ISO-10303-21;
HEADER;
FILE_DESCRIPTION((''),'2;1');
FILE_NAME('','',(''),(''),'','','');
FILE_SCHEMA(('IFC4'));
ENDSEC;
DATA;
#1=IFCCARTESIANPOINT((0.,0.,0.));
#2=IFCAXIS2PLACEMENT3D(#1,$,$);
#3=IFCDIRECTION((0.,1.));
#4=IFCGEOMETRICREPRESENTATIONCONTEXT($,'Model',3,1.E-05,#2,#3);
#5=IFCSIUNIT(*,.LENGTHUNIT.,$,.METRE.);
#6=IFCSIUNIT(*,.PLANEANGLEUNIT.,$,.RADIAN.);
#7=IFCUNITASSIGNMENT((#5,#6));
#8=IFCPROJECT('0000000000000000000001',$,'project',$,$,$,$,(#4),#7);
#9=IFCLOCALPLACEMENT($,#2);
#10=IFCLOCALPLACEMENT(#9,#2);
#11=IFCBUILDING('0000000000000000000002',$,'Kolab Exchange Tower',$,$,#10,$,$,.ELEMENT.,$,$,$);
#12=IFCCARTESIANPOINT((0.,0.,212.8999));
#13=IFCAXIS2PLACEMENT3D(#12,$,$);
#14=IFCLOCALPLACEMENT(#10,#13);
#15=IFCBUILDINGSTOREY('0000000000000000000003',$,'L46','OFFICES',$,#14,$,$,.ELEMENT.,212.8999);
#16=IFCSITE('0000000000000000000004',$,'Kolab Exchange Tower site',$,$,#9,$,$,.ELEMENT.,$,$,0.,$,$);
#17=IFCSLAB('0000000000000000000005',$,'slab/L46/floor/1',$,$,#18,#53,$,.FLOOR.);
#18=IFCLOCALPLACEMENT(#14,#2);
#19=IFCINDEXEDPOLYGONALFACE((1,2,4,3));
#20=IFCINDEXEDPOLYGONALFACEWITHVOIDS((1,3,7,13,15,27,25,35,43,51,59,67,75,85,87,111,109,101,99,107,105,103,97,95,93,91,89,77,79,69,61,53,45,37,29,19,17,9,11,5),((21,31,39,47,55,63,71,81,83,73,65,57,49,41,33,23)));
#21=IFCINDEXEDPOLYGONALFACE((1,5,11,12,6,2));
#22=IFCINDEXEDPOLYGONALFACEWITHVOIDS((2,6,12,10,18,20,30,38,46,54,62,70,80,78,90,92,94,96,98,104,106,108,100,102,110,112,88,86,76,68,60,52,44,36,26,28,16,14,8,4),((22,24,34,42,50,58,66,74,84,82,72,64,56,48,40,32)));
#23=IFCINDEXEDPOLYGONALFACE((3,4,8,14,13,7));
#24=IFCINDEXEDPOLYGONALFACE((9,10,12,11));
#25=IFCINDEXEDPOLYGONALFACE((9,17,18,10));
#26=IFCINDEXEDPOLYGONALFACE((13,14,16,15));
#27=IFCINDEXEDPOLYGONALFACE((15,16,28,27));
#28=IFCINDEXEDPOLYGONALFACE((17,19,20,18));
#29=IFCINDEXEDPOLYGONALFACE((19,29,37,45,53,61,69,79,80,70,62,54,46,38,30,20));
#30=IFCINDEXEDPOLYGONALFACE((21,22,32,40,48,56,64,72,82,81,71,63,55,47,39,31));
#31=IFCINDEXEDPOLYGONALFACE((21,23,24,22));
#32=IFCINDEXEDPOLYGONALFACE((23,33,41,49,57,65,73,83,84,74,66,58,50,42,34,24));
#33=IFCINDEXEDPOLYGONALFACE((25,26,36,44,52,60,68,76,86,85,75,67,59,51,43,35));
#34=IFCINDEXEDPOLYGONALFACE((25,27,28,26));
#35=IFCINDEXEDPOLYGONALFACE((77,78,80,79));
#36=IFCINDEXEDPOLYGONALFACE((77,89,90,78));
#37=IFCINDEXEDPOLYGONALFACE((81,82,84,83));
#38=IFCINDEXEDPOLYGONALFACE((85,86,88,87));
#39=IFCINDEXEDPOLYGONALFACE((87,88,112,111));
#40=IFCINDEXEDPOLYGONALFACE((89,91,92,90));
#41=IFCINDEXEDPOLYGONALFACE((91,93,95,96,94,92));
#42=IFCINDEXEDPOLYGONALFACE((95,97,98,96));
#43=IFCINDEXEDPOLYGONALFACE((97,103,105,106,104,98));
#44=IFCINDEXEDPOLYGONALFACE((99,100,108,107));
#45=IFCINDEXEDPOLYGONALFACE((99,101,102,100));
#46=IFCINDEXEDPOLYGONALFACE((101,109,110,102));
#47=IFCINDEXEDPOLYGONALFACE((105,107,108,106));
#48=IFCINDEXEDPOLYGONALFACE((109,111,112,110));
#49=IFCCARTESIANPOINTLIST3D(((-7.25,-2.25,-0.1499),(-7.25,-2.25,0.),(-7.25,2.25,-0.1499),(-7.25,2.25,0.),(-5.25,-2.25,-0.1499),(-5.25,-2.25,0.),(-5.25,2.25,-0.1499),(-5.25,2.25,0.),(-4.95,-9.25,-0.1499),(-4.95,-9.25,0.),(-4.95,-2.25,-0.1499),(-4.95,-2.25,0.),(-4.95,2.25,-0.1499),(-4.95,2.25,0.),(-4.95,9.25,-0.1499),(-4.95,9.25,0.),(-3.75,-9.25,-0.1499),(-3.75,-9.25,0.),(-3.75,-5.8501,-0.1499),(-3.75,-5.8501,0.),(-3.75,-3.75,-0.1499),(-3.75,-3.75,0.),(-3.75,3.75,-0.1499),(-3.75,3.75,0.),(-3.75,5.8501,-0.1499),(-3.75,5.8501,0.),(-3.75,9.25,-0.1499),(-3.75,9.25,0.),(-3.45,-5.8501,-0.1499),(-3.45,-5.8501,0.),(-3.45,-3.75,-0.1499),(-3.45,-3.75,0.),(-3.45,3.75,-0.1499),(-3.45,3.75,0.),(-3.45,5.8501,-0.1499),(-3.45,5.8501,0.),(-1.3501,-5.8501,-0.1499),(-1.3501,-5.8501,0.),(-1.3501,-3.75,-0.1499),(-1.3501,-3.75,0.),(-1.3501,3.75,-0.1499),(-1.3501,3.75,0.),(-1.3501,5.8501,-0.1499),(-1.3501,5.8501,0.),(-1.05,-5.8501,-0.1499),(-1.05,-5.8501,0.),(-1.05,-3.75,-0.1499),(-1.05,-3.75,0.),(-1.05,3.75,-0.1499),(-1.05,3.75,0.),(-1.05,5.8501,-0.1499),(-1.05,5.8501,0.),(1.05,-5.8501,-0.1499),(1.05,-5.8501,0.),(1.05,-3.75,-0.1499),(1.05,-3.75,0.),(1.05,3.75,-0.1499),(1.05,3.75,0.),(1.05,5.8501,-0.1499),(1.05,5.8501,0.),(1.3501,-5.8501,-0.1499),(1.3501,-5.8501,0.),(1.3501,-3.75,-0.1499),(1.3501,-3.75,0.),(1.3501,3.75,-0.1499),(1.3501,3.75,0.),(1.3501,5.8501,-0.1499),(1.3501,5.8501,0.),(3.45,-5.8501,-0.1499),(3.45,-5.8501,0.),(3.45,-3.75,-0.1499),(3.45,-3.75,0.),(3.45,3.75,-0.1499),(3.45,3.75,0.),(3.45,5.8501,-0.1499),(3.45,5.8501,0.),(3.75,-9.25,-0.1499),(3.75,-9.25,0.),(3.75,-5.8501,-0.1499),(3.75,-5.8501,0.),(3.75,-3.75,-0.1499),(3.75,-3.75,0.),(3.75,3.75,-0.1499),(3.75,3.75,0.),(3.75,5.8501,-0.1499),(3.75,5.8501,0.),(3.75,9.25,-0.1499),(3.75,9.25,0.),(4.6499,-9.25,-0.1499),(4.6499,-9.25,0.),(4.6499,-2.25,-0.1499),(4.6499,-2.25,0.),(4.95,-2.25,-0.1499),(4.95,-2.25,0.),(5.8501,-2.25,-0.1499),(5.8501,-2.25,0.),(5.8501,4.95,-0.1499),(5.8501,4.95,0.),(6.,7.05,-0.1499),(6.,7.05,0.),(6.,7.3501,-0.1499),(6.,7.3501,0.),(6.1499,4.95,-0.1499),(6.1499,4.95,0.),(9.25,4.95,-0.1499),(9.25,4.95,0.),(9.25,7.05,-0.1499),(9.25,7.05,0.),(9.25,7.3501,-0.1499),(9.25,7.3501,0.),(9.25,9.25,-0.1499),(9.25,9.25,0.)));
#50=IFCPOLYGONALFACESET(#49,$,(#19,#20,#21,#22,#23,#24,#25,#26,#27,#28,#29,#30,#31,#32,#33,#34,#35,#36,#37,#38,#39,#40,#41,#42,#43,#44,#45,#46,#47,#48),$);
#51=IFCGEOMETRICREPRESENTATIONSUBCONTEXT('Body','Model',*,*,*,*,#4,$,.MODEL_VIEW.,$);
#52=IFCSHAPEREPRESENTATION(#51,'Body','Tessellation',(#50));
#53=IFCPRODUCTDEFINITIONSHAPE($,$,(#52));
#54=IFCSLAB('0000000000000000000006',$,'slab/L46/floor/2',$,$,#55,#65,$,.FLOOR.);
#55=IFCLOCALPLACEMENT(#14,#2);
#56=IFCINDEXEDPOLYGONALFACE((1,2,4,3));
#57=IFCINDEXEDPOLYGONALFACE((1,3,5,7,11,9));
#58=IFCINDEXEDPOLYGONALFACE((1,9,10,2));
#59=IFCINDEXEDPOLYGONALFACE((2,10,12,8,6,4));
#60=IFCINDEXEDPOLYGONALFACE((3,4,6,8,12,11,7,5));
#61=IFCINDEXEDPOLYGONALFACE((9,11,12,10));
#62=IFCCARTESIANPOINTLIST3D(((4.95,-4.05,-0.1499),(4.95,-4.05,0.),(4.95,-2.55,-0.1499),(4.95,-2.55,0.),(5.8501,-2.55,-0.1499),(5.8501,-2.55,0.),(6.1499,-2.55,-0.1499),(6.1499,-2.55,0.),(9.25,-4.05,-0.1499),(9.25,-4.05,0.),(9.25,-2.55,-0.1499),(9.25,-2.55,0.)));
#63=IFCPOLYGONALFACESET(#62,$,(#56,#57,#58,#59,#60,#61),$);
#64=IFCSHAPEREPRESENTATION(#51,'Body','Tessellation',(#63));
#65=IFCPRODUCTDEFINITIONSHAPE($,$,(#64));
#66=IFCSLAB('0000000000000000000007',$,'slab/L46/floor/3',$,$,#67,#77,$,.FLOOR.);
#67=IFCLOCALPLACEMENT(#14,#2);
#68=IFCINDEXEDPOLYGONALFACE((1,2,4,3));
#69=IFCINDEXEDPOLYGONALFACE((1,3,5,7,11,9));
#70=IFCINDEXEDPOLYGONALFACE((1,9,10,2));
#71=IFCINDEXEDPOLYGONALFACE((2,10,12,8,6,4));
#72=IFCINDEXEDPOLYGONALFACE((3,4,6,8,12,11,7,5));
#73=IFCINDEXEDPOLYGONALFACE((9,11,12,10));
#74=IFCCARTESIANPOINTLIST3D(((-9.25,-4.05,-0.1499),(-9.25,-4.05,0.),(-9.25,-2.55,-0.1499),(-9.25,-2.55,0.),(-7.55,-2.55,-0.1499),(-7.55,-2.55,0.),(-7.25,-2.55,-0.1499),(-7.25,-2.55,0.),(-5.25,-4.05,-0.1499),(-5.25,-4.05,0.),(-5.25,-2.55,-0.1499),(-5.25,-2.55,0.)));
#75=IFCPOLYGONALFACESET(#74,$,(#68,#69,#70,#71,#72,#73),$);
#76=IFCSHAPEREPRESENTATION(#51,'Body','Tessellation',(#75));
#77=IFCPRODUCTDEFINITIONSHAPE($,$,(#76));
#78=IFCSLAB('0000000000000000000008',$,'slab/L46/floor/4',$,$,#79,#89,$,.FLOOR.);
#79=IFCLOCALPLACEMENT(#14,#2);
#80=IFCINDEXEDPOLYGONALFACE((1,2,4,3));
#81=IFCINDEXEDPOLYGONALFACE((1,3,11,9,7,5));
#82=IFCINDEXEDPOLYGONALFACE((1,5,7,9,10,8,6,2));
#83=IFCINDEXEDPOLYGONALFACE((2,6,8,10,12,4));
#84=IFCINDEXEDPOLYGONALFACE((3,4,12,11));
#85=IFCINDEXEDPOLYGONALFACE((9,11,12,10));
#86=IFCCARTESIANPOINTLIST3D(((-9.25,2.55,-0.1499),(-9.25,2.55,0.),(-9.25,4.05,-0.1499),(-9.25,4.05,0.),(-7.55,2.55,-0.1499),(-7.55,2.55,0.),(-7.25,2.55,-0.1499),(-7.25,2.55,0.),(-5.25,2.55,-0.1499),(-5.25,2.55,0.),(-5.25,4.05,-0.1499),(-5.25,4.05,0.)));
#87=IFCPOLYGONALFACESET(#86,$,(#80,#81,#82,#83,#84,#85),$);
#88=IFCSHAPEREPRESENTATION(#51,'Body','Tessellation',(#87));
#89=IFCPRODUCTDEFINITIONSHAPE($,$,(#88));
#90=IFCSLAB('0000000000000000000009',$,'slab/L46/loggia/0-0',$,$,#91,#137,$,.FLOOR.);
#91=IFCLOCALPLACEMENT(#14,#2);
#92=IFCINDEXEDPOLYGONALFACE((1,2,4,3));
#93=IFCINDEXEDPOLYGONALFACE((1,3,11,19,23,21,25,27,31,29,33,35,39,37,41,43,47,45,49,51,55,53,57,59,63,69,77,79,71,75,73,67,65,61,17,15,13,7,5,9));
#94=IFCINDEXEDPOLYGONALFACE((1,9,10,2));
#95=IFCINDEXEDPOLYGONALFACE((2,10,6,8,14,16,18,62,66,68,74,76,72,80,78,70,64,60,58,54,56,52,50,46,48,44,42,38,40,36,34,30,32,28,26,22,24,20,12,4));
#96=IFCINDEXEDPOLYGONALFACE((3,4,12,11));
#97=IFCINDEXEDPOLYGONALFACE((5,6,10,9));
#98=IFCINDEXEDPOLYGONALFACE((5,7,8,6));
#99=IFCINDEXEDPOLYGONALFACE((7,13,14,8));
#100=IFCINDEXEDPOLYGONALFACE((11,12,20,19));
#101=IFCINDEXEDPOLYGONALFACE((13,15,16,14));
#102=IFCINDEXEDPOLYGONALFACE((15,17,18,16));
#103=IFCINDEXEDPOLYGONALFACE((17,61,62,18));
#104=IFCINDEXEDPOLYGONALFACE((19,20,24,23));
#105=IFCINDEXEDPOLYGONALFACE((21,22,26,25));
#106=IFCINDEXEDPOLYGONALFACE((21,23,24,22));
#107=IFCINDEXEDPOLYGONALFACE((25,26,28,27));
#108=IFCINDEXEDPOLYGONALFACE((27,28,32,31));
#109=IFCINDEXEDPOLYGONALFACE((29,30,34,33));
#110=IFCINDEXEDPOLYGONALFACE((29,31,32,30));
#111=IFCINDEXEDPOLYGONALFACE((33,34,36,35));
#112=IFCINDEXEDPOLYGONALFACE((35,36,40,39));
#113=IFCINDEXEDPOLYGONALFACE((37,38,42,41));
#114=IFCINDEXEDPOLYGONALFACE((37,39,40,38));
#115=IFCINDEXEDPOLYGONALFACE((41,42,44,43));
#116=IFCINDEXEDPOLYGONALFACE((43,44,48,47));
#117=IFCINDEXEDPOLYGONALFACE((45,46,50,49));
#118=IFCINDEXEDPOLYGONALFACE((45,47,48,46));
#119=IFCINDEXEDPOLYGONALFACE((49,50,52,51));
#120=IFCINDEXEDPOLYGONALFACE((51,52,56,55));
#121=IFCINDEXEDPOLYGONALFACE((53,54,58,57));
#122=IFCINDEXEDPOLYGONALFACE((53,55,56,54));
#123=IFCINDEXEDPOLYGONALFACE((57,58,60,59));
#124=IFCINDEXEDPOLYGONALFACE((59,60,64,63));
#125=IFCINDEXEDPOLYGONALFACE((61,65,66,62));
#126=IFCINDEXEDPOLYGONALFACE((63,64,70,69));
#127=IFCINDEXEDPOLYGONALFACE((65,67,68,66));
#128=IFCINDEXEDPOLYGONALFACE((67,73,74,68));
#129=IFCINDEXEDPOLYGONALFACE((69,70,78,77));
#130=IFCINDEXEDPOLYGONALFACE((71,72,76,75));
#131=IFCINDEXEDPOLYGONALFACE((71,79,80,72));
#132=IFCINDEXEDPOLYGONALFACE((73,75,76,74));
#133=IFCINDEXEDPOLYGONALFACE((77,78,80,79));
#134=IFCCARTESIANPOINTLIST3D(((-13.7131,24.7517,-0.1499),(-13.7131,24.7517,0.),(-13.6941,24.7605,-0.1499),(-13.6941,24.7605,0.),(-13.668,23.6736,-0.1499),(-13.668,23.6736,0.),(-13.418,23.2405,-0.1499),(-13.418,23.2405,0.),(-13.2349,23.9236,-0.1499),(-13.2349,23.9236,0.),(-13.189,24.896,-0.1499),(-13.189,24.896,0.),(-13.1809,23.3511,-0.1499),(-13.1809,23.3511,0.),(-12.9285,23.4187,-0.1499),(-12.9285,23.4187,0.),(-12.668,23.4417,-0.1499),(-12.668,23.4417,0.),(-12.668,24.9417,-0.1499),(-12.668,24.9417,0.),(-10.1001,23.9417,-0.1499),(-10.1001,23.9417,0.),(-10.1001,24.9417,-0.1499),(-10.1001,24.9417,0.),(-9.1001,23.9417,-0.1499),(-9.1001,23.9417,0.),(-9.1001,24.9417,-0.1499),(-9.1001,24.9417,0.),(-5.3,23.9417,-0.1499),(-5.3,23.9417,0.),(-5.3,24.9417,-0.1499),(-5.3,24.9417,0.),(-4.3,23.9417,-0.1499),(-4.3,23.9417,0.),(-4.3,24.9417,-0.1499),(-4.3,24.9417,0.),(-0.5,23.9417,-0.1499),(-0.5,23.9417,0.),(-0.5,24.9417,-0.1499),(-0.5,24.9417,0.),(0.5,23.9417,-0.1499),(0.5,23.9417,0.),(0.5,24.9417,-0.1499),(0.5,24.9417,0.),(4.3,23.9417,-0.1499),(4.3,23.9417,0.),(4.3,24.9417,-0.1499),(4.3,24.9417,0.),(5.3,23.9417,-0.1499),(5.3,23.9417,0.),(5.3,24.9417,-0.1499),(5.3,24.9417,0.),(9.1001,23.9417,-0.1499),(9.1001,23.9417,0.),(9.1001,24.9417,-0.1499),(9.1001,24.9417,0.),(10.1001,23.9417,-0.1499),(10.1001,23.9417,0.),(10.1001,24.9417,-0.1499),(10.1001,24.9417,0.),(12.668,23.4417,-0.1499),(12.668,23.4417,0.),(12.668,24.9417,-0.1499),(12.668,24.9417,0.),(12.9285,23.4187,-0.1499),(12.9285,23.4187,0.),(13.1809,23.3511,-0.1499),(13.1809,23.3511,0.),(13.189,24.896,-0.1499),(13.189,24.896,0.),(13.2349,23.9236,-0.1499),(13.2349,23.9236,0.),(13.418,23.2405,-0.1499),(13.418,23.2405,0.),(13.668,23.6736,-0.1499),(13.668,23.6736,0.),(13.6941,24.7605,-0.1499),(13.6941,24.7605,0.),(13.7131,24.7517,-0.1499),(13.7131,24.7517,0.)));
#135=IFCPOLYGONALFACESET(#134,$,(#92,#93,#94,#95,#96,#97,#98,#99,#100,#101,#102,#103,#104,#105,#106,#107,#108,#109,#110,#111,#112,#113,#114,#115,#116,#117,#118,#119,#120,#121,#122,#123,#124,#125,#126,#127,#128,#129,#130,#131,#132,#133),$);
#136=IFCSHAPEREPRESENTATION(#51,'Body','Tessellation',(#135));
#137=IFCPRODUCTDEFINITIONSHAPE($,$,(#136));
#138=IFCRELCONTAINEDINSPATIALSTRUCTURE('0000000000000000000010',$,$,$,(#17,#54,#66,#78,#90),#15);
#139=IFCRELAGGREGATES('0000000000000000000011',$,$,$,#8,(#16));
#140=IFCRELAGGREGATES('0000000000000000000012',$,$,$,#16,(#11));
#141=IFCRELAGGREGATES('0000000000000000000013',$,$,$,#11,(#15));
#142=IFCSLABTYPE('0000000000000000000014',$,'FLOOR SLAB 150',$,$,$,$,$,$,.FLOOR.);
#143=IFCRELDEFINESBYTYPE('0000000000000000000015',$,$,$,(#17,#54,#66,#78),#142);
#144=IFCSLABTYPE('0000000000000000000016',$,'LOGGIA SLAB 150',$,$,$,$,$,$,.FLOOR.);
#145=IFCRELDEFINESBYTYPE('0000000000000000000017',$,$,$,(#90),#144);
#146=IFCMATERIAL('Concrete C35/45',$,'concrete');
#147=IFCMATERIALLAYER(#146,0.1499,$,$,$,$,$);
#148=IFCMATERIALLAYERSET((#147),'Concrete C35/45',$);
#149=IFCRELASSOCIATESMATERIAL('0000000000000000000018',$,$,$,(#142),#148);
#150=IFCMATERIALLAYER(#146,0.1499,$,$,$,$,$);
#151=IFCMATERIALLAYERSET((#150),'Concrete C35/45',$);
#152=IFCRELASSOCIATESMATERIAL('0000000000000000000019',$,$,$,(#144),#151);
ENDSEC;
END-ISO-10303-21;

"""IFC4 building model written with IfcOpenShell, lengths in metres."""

from ifc_helpers import new_model, si_unit, direction, frame, origin, place, context, subcontext, project, spatial, polyline, outline, extrude, material, layer, layer_set, type_object, element, save


model = new_model("IFC4")

# Units and contexts
model_context = context("Model", 3, precision=1e-05, world=origin(), true_north=direction((0.0, 1.0)))
body_context = subcontext(model_context, "Body", "Model", "MODEL_VIEW")
ifc_project = project(units=[si_unit("LENGTHUNIT", "METRE"), si_unit("PLANEANGLEUNIT", "RADIAN")], contexts=[model_context])

# Site, building, storey
site_placement = place(None, origin())
site = spatial("IfcSite", under=ifc_project, at=site_placement, Name="Kolab Exchange Tower site", CompositionType="ELEMENT", RefElevation=0.0)
building_placement = place(site_placement, origin())
building = spatial("IfcBuilding", under=site, at=building_placement, Name="Kolab Exchange Tower", CompositionType="ELEMENT")
storey_placement = place(building_placement, frame((0.0, 0.0, 212.8999)))
storey = spatial("IfcBuildingStorey", under=building, at=storey_placement, Name="L46", Description="OFFICES", CompositionType="ELEMENT", Elevation=212.8999)

# Slabs
ifc_material_1 = material(Name="Concrete C35/45", Category="concrete")
ifc_layer_1 = layer(ifc_material_1, 0.1499)
ifc_layer_set_1 = layer_set([ifc_layer_1], Name="Concrete C35/45")
slab_type_1 = type_object("IfcSlabType", Name="FLOOR SLAB 150", PredefinedType="FLOOR", material=ifc_layer_set_1)
slab_1_placement = place(storey_placement, frame((0.0, 0.0, -0.1499)))
element("IfcSlab", 1, at=slab_1_placement, inside=storey, type_object=slab_type_1, Name="slab/L46/floor/1", PredefinedType="FLOOR", context=body_context, shape_type="SweptSolid", body=[
    extrude(outline(polyline([(-4.95, 9.25), (-4.95, 2.25), (-5.25, 2.25), (-7.25, 2.25), (-7.25, -2.25), (-5.25, -2.25), (-4.95, -2.25), (-4.95, -9.25), (-3.75, -9.25), (-3.75, -5.8501), (-3.45, -5.8501), (-1.3501, -5.8501), (-1.05, -5.8501), (1.05, -5.8501), (1.3501, -5.8501), (3.45, -5.8501), (3.75, -5.8501), (3.75, -9.25), (4.6499, -9.25), (4.6499, -2.25), (4.95, -2.25), (5.8501, -2.25), (5.8501, 4.95), (6.1499, 4.95), (9.25, 4.95), (9.25, 7.05), (6.0, 7.05), (6.0, 7.3501), (9.25, 7.3501), (9.25, 9.25), (3.75, 9.25), (3.75, 5.8501), (3.45, 5.8501), (1.3501, 5.8501), (1.05, 5.8501), (-1.05, 5.8501), (-1.3501, 5.8501), (-3.45, 5.8501), (-3.75, 5.8501), (-3.75, 9.25), (-4.95, 9.25)]), holes=[polyline([(-3.45, -3.75), (-3.75, -3.75), (-3.75, 3.75), (-3.45, 3.75), (-1.3501, 3.75), (-1.05, 3.75), (1.05, 3.75), (1.3501, 3.75), (3.45, 3.75), (3.75, 3.75), (3.75, -3.75), (3.45, -3.75), (1.3501, -3.75), (1.05, -3.75), (-1.05, -3.75), (-1.3501, -3.75), (-3.45, -3.75)])]), origin(), (0.0, 0.0, 1.0), 0.1499),
])
slab_2_placement = place(storey_placement, frame((0.0, 0.0, -0.1499)))
element("IfcSlab", 2, at=slab_2_placement, inside=storey, type_object=slab_type_1, Name="slab/L46/floor/2", PredefinedType="FLOOR", context=body_context, shape_type="SweptSolid", body=[
    extrude(outline(polyline([(4.95, -4.05), (9.25, -4.05), (9.25, -2.55), (6.1499, -2.55), (5.8501, -2.55), (4.95, -2.55), (4.95, -4.05)])), origin(), (0.0, 0.0, 1.0), 0.1499),
])
slab_3_placement = place(storey_placement, frame((0.0, 0.0, -0.1499)))
element("IfcSlab", 3, at=slab_3_placement, inside=storey, type_object=slab_type_1, Name="slab/L46/floor/3", PredefinedType="FLOOR", context=body_context, shape_type="SweptSolid", body=[
    extrude(outline(polyline([(-7.55, -2.55), (-9.25, -2.55), (-9.25, -4.05), (-5.25, -4.05), (-5.25, -2.55), (-7.25, -2.55), (-7.55, -2.55)])), origin(), (0.0, 0.0, 1.0), 0.1499),
])
slab_4_placement = place(storey_placement, frame((0.0, 0.0, -0.1499)))
element("IfcSlab", 4, at=slab_4_placement, inside=storey, type_object=slab_type_1, Name="slab/L46/floor/4", PredefinedType="FLOOR", context=body_context, shape_type="SweptSolid", body=[
    extrude(outline(polyline([(-9.25, 2.55), (-7.55, 2.55), (-7.25, 2.55), (-5.25, 2.55), (-5.25, 4.05), (-9.25, 4.05), (-9.25, 2.55)])), origin(), (0.0, 0.0, 1.0), 0.1499),
])
ifc_layer_2 = layer(ifc_material_1, 0.1499)
ifc_layer_set_2 = layer_set([ifc_layer_2], Name="Concrete C35/45")
slab_type_2 = type_object("IfcSlabType", Name="LOGGIA SLAB 150", PredefinedType="FLOOR", material=ifc_layer_set_2)
slab_5_placement = place(storey_placement, frame((0.0, 0.0, -0.1499)))
element("IfcSlab", 5, at=slab_5_placement, inside=storey, type_object=slab_type_2, Name="slab/L46/loggia/0-0", PredefinedType="FLOOR", context=body_context, shape_type="SweptSolid", body=[
    extrude(outline(polyline([(13.1809, 23.3511), (13.418, 23.2405), (13.668, 23.6736), (13.2349, 23.9236), (13.7131, 24.7517), (13.6941, 24.7605), (13.189, 24.896), (12.668, 24.9417), (10.1001, 24.9417), (10.1001, 23.9417), (9.1001, 23.9417), (9.1001, 24.9417), (5.3, 24.9417), (5.3, 23.9417), (4.3, 23.9417), (4.3, 24.9417), (0.5, 24.9417), (0.5, 23.9417), (-0.5, 23.9417), (-0.5, 24.9417), (-4.3, 24.9417), (-4.3, 23.9417), (-5.3, 23.9417), (-5.3, 24.9417), (-9.1001, 24.9417), (-9.1001, 23.9417), (-10.1001, 23.9417), (-10.1001, 24.9417), (-12.668, 24.9417), (-13.189, 24.896), (-13.6941, 24.7605), (-13.7131, 24.7517), (-13.2349, 23.9236), (-13.668, 23.6736), (-13.418, 23.2405), (-13.1809, 23.3511), (-12.9285, 23.4187), (-12.668, 23.4417), (12.668, 23.4417), (12.9285, 23.4187), (13.1809, 23.3511)])), origin(), (0.0, 0.0, 1.0), 0.1499),
])

save(model, "model.ifc")
